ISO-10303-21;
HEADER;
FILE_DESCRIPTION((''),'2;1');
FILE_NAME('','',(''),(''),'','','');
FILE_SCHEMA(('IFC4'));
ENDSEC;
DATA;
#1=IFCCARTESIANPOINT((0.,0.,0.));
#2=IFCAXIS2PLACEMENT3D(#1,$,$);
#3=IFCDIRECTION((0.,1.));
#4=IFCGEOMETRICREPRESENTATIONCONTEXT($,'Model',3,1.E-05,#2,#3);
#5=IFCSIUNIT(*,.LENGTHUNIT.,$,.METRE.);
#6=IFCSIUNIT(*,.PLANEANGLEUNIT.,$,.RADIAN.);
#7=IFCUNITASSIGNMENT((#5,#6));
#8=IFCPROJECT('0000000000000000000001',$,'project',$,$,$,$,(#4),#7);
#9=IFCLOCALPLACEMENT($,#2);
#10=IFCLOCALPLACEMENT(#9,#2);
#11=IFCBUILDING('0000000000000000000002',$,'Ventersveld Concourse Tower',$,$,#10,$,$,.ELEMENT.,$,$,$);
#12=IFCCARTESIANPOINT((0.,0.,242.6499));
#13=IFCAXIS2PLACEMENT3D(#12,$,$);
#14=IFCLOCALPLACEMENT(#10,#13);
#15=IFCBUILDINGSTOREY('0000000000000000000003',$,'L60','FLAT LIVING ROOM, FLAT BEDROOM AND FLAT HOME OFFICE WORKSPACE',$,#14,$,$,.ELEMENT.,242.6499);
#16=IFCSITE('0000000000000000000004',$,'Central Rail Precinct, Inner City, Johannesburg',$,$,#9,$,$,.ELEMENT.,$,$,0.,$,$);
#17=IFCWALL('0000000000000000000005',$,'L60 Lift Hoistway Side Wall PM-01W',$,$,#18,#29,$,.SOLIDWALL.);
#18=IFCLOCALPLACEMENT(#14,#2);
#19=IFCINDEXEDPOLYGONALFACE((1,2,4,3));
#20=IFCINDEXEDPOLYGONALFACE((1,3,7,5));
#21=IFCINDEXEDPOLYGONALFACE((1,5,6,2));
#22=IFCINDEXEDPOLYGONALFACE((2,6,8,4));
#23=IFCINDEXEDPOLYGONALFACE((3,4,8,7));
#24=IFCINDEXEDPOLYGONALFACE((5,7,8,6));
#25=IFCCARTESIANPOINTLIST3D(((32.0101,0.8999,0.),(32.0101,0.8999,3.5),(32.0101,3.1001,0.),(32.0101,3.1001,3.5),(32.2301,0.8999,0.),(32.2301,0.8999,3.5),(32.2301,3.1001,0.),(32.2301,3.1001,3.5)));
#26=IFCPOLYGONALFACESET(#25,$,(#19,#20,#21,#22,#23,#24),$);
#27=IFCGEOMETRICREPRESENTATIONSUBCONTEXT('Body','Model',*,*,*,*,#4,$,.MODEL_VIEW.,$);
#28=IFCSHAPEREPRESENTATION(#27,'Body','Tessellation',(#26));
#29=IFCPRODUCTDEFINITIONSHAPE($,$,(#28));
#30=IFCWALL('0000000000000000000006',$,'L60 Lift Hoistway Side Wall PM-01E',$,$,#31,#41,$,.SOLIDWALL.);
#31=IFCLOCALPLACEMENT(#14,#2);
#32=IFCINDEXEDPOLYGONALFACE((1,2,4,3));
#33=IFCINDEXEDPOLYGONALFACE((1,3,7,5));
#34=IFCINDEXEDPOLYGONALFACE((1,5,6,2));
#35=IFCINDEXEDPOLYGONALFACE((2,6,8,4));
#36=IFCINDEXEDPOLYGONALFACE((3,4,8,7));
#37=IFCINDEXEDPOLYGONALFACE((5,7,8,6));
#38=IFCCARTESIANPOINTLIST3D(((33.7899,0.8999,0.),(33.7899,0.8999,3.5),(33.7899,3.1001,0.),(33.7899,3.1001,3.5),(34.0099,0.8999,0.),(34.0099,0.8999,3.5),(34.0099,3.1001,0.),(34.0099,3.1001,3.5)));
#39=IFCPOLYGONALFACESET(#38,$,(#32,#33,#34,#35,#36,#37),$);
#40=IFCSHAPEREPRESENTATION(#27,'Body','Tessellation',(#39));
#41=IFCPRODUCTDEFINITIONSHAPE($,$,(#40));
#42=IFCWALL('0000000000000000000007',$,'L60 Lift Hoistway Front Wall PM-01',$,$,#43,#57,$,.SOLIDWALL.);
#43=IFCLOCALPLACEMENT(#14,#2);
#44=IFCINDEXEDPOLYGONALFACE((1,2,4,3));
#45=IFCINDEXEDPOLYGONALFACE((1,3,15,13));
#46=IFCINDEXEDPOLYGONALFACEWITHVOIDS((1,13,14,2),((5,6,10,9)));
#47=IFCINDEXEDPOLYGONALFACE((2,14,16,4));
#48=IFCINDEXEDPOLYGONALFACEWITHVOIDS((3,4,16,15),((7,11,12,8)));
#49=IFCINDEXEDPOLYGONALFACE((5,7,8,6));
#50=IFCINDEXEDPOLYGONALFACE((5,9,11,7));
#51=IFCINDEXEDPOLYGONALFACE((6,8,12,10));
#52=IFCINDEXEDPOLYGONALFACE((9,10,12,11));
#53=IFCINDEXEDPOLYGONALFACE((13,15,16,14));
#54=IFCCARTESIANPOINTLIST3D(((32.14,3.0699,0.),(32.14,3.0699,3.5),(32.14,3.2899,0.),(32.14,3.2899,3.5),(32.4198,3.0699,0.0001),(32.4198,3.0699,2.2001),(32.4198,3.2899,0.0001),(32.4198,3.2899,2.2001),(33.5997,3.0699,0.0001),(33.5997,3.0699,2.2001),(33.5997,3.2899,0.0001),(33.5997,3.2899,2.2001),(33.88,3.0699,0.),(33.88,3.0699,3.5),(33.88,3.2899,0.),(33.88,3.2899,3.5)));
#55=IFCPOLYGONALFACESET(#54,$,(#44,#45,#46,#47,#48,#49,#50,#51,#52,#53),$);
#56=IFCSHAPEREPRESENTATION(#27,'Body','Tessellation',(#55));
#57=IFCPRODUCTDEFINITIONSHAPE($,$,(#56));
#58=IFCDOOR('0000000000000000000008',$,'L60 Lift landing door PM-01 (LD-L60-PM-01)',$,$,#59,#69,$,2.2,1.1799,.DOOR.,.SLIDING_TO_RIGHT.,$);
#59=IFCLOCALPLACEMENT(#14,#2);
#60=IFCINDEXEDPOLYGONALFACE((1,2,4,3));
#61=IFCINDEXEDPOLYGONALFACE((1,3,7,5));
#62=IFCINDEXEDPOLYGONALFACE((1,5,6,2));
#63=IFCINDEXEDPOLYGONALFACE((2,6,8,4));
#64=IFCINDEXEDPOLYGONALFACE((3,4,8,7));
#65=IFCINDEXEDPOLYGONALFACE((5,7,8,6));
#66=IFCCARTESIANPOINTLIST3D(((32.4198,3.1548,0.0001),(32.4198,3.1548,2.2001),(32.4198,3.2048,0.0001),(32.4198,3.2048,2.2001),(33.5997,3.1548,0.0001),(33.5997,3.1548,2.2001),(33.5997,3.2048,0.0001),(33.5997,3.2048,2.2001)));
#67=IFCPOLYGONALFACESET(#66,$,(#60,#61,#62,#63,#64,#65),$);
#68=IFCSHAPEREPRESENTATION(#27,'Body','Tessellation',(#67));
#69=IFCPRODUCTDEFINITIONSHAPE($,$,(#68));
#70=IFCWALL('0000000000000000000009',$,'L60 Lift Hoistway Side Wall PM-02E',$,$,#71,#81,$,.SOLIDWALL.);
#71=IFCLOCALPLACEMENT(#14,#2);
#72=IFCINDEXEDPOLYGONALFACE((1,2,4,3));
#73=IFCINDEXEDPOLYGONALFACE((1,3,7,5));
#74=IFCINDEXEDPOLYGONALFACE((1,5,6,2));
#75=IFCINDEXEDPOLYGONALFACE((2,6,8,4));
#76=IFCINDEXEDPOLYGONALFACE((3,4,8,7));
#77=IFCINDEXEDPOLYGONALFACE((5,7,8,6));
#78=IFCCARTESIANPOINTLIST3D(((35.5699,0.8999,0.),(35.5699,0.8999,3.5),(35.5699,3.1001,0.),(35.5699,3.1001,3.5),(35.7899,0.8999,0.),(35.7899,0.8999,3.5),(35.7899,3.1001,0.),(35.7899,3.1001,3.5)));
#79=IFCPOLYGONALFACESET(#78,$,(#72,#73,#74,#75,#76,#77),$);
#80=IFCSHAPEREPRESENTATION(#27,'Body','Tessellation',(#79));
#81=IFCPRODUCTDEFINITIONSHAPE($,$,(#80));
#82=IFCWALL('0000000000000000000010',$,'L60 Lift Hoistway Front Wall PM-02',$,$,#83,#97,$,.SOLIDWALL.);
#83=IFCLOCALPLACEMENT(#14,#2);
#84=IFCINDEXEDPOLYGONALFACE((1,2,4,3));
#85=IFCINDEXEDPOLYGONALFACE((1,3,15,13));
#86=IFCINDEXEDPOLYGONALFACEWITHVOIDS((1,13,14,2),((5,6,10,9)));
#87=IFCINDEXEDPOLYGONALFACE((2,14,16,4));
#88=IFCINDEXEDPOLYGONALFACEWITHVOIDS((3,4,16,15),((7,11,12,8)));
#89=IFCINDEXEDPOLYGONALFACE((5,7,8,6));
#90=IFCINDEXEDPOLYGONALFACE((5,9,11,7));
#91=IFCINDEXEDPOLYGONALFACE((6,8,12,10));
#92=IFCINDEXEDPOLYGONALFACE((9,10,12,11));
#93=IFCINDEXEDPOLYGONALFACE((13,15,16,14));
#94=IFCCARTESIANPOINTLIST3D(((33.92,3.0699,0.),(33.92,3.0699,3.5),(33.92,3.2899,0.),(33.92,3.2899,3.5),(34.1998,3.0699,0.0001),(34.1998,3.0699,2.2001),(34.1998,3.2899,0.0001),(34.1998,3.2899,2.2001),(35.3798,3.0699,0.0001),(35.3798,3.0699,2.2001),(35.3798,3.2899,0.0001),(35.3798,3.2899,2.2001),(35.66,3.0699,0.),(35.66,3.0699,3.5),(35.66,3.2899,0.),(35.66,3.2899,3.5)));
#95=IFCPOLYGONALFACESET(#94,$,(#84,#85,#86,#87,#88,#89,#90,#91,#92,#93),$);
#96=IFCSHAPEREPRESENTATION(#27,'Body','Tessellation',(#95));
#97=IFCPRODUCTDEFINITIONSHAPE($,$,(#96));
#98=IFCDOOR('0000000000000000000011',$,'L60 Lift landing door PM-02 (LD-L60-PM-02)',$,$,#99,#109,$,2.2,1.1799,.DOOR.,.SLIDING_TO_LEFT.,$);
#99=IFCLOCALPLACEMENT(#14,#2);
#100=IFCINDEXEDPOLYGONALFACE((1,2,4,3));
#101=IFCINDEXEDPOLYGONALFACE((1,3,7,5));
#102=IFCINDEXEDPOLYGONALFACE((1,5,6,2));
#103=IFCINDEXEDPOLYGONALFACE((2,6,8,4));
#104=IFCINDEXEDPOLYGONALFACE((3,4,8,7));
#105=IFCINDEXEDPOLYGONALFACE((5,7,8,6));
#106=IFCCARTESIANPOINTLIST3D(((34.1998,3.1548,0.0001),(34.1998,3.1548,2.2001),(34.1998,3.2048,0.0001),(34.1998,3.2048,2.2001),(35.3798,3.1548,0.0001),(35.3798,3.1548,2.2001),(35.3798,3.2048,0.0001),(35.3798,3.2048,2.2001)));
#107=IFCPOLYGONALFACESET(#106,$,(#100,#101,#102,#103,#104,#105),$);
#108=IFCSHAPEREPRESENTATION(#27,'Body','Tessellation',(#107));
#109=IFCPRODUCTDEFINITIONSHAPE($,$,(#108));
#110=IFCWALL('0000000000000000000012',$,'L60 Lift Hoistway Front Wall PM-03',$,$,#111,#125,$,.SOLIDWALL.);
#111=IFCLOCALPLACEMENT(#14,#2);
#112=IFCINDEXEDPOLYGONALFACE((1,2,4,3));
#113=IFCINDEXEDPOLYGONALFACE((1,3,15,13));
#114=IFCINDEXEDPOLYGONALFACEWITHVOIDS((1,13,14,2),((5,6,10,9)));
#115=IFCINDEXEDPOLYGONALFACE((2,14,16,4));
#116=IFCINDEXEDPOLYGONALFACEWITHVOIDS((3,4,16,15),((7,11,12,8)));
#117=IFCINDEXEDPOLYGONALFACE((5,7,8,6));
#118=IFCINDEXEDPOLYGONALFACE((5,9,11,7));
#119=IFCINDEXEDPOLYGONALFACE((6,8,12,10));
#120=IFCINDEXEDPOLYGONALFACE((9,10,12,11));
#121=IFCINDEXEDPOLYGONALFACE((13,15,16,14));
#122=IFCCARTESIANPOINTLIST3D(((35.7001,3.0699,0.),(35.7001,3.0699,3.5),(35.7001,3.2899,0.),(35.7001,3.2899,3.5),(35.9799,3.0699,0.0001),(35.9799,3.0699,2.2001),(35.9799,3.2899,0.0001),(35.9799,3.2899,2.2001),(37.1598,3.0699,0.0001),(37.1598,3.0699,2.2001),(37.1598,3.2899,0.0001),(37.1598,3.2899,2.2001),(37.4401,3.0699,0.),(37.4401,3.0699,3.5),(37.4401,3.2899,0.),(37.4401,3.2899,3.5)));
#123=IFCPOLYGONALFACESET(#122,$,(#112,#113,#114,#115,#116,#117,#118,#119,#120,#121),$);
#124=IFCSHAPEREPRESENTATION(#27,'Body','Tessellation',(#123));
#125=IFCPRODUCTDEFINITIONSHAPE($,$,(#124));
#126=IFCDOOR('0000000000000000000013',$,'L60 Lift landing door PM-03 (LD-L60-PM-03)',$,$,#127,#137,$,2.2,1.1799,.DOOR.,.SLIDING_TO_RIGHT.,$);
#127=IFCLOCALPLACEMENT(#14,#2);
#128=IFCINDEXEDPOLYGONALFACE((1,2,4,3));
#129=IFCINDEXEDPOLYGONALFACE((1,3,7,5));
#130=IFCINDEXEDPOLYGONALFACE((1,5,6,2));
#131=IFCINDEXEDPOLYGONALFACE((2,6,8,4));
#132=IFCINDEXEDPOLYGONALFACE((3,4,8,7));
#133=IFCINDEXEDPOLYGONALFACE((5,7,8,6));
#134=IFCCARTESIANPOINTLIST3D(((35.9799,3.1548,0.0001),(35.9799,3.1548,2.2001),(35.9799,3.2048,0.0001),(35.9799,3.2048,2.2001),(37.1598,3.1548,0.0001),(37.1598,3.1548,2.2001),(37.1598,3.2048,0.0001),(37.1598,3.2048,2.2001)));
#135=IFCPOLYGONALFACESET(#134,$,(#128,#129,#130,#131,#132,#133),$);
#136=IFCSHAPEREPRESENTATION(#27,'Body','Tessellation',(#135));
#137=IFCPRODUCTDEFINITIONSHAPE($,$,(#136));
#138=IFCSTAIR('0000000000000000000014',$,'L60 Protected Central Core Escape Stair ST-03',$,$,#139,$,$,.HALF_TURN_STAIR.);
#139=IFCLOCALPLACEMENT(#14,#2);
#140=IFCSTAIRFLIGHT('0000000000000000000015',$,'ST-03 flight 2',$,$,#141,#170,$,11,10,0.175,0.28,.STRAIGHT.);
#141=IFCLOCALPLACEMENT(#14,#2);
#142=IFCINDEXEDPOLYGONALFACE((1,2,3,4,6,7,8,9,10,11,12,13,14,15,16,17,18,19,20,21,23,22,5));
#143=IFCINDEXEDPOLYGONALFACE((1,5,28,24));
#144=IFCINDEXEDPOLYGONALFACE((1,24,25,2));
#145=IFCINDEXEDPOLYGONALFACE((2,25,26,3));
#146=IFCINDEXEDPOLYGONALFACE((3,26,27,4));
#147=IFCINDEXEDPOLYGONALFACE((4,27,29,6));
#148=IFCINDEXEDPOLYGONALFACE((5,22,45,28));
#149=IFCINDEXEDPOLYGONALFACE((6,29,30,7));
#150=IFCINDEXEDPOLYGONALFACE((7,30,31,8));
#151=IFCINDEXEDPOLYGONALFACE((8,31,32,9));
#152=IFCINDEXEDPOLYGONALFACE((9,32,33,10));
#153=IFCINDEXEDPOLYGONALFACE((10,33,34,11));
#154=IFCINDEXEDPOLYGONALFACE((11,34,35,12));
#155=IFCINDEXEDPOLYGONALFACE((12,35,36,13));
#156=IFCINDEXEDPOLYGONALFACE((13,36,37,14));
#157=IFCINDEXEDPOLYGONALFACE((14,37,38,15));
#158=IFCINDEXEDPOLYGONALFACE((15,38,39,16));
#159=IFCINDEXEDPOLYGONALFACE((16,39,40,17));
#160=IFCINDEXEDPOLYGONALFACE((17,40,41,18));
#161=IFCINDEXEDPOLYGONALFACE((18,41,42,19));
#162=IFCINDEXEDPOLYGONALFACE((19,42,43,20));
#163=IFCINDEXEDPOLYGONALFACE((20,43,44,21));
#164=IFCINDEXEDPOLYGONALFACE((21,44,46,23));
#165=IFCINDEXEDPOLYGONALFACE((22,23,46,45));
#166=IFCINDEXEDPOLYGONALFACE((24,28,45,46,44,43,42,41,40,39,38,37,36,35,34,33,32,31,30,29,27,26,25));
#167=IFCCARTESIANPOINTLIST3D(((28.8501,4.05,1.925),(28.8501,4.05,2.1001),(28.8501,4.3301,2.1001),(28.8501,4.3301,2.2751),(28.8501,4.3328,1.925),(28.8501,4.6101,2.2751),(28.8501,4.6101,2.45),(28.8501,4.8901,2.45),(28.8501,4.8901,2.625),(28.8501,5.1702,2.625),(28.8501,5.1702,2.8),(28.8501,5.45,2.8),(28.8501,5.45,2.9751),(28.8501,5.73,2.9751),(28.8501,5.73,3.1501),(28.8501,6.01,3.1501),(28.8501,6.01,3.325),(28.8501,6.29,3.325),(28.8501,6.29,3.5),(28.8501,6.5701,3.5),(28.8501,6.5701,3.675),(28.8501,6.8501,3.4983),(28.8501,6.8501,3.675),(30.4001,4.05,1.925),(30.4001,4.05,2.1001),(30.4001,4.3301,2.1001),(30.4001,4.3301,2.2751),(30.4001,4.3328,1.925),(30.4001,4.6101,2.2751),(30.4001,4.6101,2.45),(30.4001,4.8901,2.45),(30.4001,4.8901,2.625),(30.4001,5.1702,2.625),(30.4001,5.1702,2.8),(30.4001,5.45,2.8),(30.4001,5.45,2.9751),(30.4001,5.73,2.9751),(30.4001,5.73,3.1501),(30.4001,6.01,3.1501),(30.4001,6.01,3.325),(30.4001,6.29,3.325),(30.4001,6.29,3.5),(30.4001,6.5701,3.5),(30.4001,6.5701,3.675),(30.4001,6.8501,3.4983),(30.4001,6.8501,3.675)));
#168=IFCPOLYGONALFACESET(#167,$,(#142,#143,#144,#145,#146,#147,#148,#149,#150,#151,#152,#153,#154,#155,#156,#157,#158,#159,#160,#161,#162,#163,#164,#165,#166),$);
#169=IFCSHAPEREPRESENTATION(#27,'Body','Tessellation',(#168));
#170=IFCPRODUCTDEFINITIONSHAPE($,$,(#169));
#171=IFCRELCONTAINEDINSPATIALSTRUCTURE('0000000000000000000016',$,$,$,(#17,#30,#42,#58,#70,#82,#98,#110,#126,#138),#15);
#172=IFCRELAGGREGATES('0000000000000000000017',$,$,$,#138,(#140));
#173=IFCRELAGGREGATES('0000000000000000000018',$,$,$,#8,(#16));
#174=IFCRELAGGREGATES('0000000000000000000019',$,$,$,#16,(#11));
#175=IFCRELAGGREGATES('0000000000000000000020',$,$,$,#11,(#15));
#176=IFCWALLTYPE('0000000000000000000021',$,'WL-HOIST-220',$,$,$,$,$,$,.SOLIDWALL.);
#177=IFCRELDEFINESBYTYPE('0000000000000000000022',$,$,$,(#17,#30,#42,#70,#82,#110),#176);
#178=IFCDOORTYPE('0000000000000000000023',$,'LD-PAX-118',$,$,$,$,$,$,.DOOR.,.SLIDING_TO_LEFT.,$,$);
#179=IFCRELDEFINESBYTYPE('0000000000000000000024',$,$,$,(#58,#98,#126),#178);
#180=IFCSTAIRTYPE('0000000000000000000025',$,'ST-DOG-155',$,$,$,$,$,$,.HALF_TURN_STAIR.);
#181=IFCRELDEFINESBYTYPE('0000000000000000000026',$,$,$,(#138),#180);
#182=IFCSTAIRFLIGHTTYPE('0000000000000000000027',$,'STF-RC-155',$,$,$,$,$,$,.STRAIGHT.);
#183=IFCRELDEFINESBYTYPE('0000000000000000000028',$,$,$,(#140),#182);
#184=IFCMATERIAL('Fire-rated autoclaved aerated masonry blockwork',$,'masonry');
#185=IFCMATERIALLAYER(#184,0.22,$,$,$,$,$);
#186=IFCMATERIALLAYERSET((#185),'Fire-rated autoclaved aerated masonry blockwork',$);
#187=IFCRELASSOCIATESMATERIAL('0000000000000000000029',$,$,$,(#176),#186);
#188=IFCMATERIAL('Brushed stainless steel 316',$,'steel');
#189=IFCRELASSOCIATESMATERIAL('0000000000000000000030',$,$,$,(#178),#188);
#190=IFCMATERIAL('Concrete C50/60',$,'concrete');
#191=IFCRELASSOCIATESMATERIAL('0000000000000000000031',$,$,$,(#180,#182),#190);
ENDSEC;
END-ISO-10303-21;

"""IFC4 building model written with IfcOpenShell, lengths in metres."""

from ifc_helpers import new_model, si_unit, direction, frame, frame_2d, origin, place, context, subcontext, project, spatial, polyline, rectangle, outline, extrude, material, layer, layer_set, type_object, element, fill, aggregate, save


model = new_model("IFC4")

# Units and contexts
model_context = context("Model", 3, precision=1e-05, world=origin(), true_north=direction((0.0, 1.0)))
body_context = subcontext(model_context, "Body", "Model", "MODEL_VIEW")
ifc_project = project(units=[si_unit("LENGTHUNIT", "METRE"), si_unit("PLANEANGLEUNIT", "RADIAN")], contexts=[model_context])

# Site, building, storey
site_placement = place(None, origin())
site = spatial("IfcSite", under=ifc_project, at=site_placement, Name="Central Rail Precinct, Inner City, Johannesburg", CompositionType="ELEMENT", RefElevation=0.0)
building_placement = place(site_placement, origin())
building = spatial("IfcBuilding", under=site, at=building_placement, Name="Ventersveld Concourse Tower", CompositionType="ELEMENT")
storey_placement = place(building_placement, frame((0.0, 0.0, 242.6499)))
storey = spatial("IfcBuildingStorey", under=building, at=storey_placement, Name="L60", Description="FLAT LIVING ROOM, FLAT BEDROOM AND FLAT HOME OFFICE WORKSPACE", CompositionType="ELEMENT", Elevation=242.6499)

# Shared definitions
ifc_material_1 = material(Name="Concrete C50/60", Category="concrete")

# Walls
ifc_material_2 = material(Name="Fire-rated autoclaved aerated masonry blockwork", Category="masonry")
ifc_layer_1 = layer(ifc_material_2, 0.22)
ifc_layer_set_1 = layer_set([ifc_layer_1], Name="Fire-rated autoclaved aerated masonry blockwork")
wall_type_1 = type_object("IfcWallType", Name="WL-HOIST-220", PredefinedType="SOLIDWALL", material=ifc_layer_set_1)
for number, where, z_axis, x_axis, name in (
    (1, (32.1201, 0.8999, 0.0), (0.0, 0.0, 1.0), (0.0, 1.0, 0.0), "L60 Lift Hoistway Side Wall PM-01W"),
    (2, (33.8999, 0.8999, 0.0), (0.0, 0.0, 1.0), (0.0, 1.0, 0.0), "L60 Lift Hoistway Side Wall PM-01E"),
):
    element("IfcWall", number, at=place(storey_placement, frame(where, z_axis=z_axis, x_axis=x_axis)), inside=storey, type_object=wall_type_1, Name=name, PredefinedType="SOLIDWALL", context=body_context, shape_type="SweptSolid", body=[
        extrude(rectangle(XDim=2.2002, YDim=0.22, at=frame_2d((1.1001, 0.0))), origin(), (0.0, 0.0, 1.0), 3.5),
    ])

# Wall, opening, door
wall_1_placement = place(storey_placement, frame((32.1399, 3.1799, 0.0), z_axis=(0.0, 0.0, 1.0), x_axis=(1.0, 0.0, 0.0)))
wall_1 = element("IfcWall", 3, at=wall_1_placement, inside=storey, type_object=wall_type_1, Name="L60 Lift Hoistway Front Wall PM-01", PredefinedType="SOLIDWALL", context=body_context, shape_type="SweptSolid", body=[
    extrude(rectangle(XDim=1.74, YDim=0.22, at=frame_2d((0.8701, 0.0))), origin(), (0.0, 0.0, 1.0), 3.5),
])
opening_1_placement = place(wall_1_placement, frame((0.28, 0.0, 0.0)))
opening_1 = element("IfcOpeningElement", 4, at=opening_1_placement, cuts=wall_1, PredefinedType="OPENING", context=body_context, shape_type="SweptSolid", body=[
    extrude(rectangle(XDim=1.1799, YDim=2.2, at=frame_2d((0.5898, 1.1001))), frame((0.0, 0.1201, 0.0), z_axis=(0.0, -1.0, 0.0), x_axis=(1.0, 0.0, 0.0)), (0.0, 0.0, 1.0), 0.24),
])
ifc_material_3 = material(Name="Brushed stainless steel 316", Category="steel")
door_type = type_object("IfcDoorType", Name="LD-PAX-118", OperationType="SLIDING_TO_LEFT", PredefinedType="DOOR", material=ifc_material_3)
door_1_placement = place(opening_1_placement, origin())
door_1 = element("IfcDoor", 5, at=door_1_placement, inside=storey, type_object=door_type, Name="L60 Lift landing door PM-01 (LD-L60-PM-01)", OperationType="SLIDING_TO_RIGHT", OverallHeight=2.2, OverallWidth=1.1799, PredefinedType="DOOR", context=body_context, shape_type="SweptSolid", body=[
    extrude(rectangle(XDim=1.1799, YDim=2.2, at=frame_2d((0.5898, 1.1001))), frame((0.0, 0.0249, 0.0), z_axis=(0.0, -1.0, 0.0), x_axis=(1.0, 0.0, 0.0)), (0.0, 0.0, 1.0), 0.05),
])
fill(opening_1, door_1)

# Wall
wall_2_placement = place(storey_placement, frame((35.6799, 0.8999, 0.0), z_axis=(0.0, 0.0, 1.0), x_axis=(0.0, 1.0, 0.0)))
element("IfcWall", 6, at=wall_2_placement, inside=storey, type_object=wall_type_1, Name="L60 Lift Hoistway Side Wall PM-02E", PredefinedType="SOLIDWALL", context=body_context, shape_type="SweptSolid", body=[
    extrude(rectangle(XDim=2.2002, YDim=0.22, at=frame_2d((1.1001, 0.0))), origin(), (0.0, 0.0, 1.0), 3.5),
])

# Walls, openings, doors
wall_3_placement = place(storey_placement, frame((33.9199, 3.1799, 0.0), z_axis=(0.0, 0.0, 1.0), x_axis=(1.0, 0.0, 0.0)))
wall_3 = element("IfcWall", 7, at=wall_3_placement, inside=storey, type_object=wall_type_1, Name="L60 Lift Hoistway Front Wall PM-02", PredefinedType="SOLIDWALL", context=body_context, shape_type="SweptSolid", body=[
    extrude(rectangle(XDim=1.74, YDim=0.22, at=frame_2d((0.8701, 0.0))), origin(), (0.0, 0.0, 1.0), 3.5),
])
opening_2_placement = place(wall_3_placement, frame((0.28, 0.0, 0.0)))
opening_2 = element("IfcOpeningElement", 8, at=opening_2_placement, cuts=wall_3, PredefinedType="OPENING", context=body_context, shape_type="SweptSolid", body=[
    extrude(rectangle(XDim=1.1799, YDim=2.2, at=frame_2d((0.5898, 1.1001))), frame((0.0, 0.1201, 0.0), z_axis=(0.0, -1.0, 0.0), x_axis=(1.0, 0.0, 0.0)), (0.0, 0.0, 1.0), 0.24),
])
door_2_placement = place(opening_2_placement, origin())
door_2 = element("IfcDoor", 9, at=door_2_placement, inside=storey, type_object=door_type, Name="L60 Lift landing door PM-02 (LD-L60-PM-02)", OperationType="SLIDING_TO_LEFT", OverallHeight=2.2, OverallWidth=1.1799, PredefinedType="DOOR", context=body_context, shape_type="SweptSolid", body=[
    extrude(rectangle(XDim=1.1799, YDim=2.2, at=frame_2d((0.5898, 1.1001))), frame((0.0, 0.0249, 0.0), z_axis=(0.0, -1.0, 0.0), x_axis=(1.0, 0.0, 0.0)), (0.0, 0.0, 1.0), 0.05),
])
fill(opening_2, door_2)
wall_4_placement = place(storey_placement, frame((35.7, 3.1799, 0.0), z_axis=(0.0, 0.0, 1.0), x_axis=(1.0, 0.0, 0.0)))
wall_4 = element("IfcWall", 10, at=wall_4_placement, inside=storey, type_object=wall_type_1, Name="L60 Lift Hoistway Front Wall PM-03", PredefinedType="SOLIDWALL", context=body_context, shape_type="SweptSolid", body=[
    extrude(rectangle(XDim=1.74, YDim=0.22, at=frame_2d((0.8701, 0.0))), origin(), (0.0, 0.0, 1.0), 3.5),
])
opening_3_placement = place(wall_4_placement, frame((0.28, 0.0, 0.0)))
opening_3 = element("IfcOpeningElement", 11, at=opening_3_placement, cuts=wall_4, PredefinedType="OPENING", context=body_context, shape_type="SweptSolid", body=[
    extrude(rectangle(XDim=1.1799, YDim=2.2, at=frame_2d((0.5898, 1.1001))), frame((0.0, 0.1201, 0.0), z_axis=(0.0, -1.0, 0.0), x_axis=(1.0, 0.0, 0.0)), (0.0, 0.0, 1.0), 0.24),
])
door_3_placement = place(opening_3_placement, origin())
door_3 = element("IfcDoor", 12, at=door_3_placement, inside=storey, type_object=door_type, Name="L60 Lift landing door PM-03 (LD-L60-PM-03)", OperationType="SLIDING_TO_RIGHT", OverallHeight=2.2, OverallWidth=1.1799, PredefinedType="DOOR", context=body_context, shape_type="SweptSolid", body=[
    extrude(rectangle(XDim=1.1799, YDim=2.2, at=frame_2d((0.5898, 1.1001))), frame((0.0, 0.0249, 0.0), z_axis=(0.0, -1.0, 0.0), x_axis=(1.0, 0.0, 0.0)), (0.0, 0.0, 1.0), 0.05),
])
fill(opening_3, door_3)

# Stair, stair flight
stair_type = type_object("IfcStairType", Name="ST-DOG-155", PredefinedType="HALF_TURN_STAIR", material=ifc_material_1)
stair_placement = place(storey_placement, origin())
stair = element("IfcStair", 13, at=stair_placement, inside=storey, type_object=stair_type, Name="L60 Protected Central Core Escape Stair ST-03", PredefinedType="HALF_TURN_STAIR")
stair_flight_type = type_object("IfcStairFlightType", Name="STF-RC-155", PredefinedType="STRAIGHT", material=ifc_material_1)
stair_flight_placement = place(storey_placement, frame((29.625, 4.05, 1.925), z_axis=(0.0, 0.0, 1.0), x_axis=(0.0, 1.0, 0.0)))
stair_flight = element("IfcStairFlight", 14, at=stair_flight_placement, type_object=stair_flight_type, Name="ST-03 flight 2", NumberOfRisers=11, NumberOfTreads=10, PredefinedType="STRAIGHT", RiserHeight=0.175, TreadLength=0.28, context=body_context, shape_type="SweptSolid", body=[
    extrude(outline(polyline([(0.0, 0.0), (0.0, 0.175), (0.28, 0.175), (0.28, 0.3501), (0.5601, 0.3501), (0.5601, 0.5249), (0.8401, 0.5249), (0.8401, 0.7), (1.1201, 0.7), (1.1201, 0.875), (1.3999, 0.875), (1.3999, 1.05), (1.6799, 1.05), (1.6799, 1.2251), (1.96, 1.2251), (1.96, 1.3999), (2.24, 1.3999), (2.24, 1.575), (2.52, 1.575), (2.52, 1.75), (2.8, 1.75), (2.8, 1.925), (2.8, 1.5732), (0.2827, 0.0), (0.0, 0.0)])), frame((0.0, 0.7749, 0.0), z_axis=(0.0, -1.0, 0.0), x_axis=(1.0, 0.0, 0.0)), (0.0, 0.0, 1.0), 1.55),
])
aggregate(stair, [stair_flight])

save(model, "model.ifc")
